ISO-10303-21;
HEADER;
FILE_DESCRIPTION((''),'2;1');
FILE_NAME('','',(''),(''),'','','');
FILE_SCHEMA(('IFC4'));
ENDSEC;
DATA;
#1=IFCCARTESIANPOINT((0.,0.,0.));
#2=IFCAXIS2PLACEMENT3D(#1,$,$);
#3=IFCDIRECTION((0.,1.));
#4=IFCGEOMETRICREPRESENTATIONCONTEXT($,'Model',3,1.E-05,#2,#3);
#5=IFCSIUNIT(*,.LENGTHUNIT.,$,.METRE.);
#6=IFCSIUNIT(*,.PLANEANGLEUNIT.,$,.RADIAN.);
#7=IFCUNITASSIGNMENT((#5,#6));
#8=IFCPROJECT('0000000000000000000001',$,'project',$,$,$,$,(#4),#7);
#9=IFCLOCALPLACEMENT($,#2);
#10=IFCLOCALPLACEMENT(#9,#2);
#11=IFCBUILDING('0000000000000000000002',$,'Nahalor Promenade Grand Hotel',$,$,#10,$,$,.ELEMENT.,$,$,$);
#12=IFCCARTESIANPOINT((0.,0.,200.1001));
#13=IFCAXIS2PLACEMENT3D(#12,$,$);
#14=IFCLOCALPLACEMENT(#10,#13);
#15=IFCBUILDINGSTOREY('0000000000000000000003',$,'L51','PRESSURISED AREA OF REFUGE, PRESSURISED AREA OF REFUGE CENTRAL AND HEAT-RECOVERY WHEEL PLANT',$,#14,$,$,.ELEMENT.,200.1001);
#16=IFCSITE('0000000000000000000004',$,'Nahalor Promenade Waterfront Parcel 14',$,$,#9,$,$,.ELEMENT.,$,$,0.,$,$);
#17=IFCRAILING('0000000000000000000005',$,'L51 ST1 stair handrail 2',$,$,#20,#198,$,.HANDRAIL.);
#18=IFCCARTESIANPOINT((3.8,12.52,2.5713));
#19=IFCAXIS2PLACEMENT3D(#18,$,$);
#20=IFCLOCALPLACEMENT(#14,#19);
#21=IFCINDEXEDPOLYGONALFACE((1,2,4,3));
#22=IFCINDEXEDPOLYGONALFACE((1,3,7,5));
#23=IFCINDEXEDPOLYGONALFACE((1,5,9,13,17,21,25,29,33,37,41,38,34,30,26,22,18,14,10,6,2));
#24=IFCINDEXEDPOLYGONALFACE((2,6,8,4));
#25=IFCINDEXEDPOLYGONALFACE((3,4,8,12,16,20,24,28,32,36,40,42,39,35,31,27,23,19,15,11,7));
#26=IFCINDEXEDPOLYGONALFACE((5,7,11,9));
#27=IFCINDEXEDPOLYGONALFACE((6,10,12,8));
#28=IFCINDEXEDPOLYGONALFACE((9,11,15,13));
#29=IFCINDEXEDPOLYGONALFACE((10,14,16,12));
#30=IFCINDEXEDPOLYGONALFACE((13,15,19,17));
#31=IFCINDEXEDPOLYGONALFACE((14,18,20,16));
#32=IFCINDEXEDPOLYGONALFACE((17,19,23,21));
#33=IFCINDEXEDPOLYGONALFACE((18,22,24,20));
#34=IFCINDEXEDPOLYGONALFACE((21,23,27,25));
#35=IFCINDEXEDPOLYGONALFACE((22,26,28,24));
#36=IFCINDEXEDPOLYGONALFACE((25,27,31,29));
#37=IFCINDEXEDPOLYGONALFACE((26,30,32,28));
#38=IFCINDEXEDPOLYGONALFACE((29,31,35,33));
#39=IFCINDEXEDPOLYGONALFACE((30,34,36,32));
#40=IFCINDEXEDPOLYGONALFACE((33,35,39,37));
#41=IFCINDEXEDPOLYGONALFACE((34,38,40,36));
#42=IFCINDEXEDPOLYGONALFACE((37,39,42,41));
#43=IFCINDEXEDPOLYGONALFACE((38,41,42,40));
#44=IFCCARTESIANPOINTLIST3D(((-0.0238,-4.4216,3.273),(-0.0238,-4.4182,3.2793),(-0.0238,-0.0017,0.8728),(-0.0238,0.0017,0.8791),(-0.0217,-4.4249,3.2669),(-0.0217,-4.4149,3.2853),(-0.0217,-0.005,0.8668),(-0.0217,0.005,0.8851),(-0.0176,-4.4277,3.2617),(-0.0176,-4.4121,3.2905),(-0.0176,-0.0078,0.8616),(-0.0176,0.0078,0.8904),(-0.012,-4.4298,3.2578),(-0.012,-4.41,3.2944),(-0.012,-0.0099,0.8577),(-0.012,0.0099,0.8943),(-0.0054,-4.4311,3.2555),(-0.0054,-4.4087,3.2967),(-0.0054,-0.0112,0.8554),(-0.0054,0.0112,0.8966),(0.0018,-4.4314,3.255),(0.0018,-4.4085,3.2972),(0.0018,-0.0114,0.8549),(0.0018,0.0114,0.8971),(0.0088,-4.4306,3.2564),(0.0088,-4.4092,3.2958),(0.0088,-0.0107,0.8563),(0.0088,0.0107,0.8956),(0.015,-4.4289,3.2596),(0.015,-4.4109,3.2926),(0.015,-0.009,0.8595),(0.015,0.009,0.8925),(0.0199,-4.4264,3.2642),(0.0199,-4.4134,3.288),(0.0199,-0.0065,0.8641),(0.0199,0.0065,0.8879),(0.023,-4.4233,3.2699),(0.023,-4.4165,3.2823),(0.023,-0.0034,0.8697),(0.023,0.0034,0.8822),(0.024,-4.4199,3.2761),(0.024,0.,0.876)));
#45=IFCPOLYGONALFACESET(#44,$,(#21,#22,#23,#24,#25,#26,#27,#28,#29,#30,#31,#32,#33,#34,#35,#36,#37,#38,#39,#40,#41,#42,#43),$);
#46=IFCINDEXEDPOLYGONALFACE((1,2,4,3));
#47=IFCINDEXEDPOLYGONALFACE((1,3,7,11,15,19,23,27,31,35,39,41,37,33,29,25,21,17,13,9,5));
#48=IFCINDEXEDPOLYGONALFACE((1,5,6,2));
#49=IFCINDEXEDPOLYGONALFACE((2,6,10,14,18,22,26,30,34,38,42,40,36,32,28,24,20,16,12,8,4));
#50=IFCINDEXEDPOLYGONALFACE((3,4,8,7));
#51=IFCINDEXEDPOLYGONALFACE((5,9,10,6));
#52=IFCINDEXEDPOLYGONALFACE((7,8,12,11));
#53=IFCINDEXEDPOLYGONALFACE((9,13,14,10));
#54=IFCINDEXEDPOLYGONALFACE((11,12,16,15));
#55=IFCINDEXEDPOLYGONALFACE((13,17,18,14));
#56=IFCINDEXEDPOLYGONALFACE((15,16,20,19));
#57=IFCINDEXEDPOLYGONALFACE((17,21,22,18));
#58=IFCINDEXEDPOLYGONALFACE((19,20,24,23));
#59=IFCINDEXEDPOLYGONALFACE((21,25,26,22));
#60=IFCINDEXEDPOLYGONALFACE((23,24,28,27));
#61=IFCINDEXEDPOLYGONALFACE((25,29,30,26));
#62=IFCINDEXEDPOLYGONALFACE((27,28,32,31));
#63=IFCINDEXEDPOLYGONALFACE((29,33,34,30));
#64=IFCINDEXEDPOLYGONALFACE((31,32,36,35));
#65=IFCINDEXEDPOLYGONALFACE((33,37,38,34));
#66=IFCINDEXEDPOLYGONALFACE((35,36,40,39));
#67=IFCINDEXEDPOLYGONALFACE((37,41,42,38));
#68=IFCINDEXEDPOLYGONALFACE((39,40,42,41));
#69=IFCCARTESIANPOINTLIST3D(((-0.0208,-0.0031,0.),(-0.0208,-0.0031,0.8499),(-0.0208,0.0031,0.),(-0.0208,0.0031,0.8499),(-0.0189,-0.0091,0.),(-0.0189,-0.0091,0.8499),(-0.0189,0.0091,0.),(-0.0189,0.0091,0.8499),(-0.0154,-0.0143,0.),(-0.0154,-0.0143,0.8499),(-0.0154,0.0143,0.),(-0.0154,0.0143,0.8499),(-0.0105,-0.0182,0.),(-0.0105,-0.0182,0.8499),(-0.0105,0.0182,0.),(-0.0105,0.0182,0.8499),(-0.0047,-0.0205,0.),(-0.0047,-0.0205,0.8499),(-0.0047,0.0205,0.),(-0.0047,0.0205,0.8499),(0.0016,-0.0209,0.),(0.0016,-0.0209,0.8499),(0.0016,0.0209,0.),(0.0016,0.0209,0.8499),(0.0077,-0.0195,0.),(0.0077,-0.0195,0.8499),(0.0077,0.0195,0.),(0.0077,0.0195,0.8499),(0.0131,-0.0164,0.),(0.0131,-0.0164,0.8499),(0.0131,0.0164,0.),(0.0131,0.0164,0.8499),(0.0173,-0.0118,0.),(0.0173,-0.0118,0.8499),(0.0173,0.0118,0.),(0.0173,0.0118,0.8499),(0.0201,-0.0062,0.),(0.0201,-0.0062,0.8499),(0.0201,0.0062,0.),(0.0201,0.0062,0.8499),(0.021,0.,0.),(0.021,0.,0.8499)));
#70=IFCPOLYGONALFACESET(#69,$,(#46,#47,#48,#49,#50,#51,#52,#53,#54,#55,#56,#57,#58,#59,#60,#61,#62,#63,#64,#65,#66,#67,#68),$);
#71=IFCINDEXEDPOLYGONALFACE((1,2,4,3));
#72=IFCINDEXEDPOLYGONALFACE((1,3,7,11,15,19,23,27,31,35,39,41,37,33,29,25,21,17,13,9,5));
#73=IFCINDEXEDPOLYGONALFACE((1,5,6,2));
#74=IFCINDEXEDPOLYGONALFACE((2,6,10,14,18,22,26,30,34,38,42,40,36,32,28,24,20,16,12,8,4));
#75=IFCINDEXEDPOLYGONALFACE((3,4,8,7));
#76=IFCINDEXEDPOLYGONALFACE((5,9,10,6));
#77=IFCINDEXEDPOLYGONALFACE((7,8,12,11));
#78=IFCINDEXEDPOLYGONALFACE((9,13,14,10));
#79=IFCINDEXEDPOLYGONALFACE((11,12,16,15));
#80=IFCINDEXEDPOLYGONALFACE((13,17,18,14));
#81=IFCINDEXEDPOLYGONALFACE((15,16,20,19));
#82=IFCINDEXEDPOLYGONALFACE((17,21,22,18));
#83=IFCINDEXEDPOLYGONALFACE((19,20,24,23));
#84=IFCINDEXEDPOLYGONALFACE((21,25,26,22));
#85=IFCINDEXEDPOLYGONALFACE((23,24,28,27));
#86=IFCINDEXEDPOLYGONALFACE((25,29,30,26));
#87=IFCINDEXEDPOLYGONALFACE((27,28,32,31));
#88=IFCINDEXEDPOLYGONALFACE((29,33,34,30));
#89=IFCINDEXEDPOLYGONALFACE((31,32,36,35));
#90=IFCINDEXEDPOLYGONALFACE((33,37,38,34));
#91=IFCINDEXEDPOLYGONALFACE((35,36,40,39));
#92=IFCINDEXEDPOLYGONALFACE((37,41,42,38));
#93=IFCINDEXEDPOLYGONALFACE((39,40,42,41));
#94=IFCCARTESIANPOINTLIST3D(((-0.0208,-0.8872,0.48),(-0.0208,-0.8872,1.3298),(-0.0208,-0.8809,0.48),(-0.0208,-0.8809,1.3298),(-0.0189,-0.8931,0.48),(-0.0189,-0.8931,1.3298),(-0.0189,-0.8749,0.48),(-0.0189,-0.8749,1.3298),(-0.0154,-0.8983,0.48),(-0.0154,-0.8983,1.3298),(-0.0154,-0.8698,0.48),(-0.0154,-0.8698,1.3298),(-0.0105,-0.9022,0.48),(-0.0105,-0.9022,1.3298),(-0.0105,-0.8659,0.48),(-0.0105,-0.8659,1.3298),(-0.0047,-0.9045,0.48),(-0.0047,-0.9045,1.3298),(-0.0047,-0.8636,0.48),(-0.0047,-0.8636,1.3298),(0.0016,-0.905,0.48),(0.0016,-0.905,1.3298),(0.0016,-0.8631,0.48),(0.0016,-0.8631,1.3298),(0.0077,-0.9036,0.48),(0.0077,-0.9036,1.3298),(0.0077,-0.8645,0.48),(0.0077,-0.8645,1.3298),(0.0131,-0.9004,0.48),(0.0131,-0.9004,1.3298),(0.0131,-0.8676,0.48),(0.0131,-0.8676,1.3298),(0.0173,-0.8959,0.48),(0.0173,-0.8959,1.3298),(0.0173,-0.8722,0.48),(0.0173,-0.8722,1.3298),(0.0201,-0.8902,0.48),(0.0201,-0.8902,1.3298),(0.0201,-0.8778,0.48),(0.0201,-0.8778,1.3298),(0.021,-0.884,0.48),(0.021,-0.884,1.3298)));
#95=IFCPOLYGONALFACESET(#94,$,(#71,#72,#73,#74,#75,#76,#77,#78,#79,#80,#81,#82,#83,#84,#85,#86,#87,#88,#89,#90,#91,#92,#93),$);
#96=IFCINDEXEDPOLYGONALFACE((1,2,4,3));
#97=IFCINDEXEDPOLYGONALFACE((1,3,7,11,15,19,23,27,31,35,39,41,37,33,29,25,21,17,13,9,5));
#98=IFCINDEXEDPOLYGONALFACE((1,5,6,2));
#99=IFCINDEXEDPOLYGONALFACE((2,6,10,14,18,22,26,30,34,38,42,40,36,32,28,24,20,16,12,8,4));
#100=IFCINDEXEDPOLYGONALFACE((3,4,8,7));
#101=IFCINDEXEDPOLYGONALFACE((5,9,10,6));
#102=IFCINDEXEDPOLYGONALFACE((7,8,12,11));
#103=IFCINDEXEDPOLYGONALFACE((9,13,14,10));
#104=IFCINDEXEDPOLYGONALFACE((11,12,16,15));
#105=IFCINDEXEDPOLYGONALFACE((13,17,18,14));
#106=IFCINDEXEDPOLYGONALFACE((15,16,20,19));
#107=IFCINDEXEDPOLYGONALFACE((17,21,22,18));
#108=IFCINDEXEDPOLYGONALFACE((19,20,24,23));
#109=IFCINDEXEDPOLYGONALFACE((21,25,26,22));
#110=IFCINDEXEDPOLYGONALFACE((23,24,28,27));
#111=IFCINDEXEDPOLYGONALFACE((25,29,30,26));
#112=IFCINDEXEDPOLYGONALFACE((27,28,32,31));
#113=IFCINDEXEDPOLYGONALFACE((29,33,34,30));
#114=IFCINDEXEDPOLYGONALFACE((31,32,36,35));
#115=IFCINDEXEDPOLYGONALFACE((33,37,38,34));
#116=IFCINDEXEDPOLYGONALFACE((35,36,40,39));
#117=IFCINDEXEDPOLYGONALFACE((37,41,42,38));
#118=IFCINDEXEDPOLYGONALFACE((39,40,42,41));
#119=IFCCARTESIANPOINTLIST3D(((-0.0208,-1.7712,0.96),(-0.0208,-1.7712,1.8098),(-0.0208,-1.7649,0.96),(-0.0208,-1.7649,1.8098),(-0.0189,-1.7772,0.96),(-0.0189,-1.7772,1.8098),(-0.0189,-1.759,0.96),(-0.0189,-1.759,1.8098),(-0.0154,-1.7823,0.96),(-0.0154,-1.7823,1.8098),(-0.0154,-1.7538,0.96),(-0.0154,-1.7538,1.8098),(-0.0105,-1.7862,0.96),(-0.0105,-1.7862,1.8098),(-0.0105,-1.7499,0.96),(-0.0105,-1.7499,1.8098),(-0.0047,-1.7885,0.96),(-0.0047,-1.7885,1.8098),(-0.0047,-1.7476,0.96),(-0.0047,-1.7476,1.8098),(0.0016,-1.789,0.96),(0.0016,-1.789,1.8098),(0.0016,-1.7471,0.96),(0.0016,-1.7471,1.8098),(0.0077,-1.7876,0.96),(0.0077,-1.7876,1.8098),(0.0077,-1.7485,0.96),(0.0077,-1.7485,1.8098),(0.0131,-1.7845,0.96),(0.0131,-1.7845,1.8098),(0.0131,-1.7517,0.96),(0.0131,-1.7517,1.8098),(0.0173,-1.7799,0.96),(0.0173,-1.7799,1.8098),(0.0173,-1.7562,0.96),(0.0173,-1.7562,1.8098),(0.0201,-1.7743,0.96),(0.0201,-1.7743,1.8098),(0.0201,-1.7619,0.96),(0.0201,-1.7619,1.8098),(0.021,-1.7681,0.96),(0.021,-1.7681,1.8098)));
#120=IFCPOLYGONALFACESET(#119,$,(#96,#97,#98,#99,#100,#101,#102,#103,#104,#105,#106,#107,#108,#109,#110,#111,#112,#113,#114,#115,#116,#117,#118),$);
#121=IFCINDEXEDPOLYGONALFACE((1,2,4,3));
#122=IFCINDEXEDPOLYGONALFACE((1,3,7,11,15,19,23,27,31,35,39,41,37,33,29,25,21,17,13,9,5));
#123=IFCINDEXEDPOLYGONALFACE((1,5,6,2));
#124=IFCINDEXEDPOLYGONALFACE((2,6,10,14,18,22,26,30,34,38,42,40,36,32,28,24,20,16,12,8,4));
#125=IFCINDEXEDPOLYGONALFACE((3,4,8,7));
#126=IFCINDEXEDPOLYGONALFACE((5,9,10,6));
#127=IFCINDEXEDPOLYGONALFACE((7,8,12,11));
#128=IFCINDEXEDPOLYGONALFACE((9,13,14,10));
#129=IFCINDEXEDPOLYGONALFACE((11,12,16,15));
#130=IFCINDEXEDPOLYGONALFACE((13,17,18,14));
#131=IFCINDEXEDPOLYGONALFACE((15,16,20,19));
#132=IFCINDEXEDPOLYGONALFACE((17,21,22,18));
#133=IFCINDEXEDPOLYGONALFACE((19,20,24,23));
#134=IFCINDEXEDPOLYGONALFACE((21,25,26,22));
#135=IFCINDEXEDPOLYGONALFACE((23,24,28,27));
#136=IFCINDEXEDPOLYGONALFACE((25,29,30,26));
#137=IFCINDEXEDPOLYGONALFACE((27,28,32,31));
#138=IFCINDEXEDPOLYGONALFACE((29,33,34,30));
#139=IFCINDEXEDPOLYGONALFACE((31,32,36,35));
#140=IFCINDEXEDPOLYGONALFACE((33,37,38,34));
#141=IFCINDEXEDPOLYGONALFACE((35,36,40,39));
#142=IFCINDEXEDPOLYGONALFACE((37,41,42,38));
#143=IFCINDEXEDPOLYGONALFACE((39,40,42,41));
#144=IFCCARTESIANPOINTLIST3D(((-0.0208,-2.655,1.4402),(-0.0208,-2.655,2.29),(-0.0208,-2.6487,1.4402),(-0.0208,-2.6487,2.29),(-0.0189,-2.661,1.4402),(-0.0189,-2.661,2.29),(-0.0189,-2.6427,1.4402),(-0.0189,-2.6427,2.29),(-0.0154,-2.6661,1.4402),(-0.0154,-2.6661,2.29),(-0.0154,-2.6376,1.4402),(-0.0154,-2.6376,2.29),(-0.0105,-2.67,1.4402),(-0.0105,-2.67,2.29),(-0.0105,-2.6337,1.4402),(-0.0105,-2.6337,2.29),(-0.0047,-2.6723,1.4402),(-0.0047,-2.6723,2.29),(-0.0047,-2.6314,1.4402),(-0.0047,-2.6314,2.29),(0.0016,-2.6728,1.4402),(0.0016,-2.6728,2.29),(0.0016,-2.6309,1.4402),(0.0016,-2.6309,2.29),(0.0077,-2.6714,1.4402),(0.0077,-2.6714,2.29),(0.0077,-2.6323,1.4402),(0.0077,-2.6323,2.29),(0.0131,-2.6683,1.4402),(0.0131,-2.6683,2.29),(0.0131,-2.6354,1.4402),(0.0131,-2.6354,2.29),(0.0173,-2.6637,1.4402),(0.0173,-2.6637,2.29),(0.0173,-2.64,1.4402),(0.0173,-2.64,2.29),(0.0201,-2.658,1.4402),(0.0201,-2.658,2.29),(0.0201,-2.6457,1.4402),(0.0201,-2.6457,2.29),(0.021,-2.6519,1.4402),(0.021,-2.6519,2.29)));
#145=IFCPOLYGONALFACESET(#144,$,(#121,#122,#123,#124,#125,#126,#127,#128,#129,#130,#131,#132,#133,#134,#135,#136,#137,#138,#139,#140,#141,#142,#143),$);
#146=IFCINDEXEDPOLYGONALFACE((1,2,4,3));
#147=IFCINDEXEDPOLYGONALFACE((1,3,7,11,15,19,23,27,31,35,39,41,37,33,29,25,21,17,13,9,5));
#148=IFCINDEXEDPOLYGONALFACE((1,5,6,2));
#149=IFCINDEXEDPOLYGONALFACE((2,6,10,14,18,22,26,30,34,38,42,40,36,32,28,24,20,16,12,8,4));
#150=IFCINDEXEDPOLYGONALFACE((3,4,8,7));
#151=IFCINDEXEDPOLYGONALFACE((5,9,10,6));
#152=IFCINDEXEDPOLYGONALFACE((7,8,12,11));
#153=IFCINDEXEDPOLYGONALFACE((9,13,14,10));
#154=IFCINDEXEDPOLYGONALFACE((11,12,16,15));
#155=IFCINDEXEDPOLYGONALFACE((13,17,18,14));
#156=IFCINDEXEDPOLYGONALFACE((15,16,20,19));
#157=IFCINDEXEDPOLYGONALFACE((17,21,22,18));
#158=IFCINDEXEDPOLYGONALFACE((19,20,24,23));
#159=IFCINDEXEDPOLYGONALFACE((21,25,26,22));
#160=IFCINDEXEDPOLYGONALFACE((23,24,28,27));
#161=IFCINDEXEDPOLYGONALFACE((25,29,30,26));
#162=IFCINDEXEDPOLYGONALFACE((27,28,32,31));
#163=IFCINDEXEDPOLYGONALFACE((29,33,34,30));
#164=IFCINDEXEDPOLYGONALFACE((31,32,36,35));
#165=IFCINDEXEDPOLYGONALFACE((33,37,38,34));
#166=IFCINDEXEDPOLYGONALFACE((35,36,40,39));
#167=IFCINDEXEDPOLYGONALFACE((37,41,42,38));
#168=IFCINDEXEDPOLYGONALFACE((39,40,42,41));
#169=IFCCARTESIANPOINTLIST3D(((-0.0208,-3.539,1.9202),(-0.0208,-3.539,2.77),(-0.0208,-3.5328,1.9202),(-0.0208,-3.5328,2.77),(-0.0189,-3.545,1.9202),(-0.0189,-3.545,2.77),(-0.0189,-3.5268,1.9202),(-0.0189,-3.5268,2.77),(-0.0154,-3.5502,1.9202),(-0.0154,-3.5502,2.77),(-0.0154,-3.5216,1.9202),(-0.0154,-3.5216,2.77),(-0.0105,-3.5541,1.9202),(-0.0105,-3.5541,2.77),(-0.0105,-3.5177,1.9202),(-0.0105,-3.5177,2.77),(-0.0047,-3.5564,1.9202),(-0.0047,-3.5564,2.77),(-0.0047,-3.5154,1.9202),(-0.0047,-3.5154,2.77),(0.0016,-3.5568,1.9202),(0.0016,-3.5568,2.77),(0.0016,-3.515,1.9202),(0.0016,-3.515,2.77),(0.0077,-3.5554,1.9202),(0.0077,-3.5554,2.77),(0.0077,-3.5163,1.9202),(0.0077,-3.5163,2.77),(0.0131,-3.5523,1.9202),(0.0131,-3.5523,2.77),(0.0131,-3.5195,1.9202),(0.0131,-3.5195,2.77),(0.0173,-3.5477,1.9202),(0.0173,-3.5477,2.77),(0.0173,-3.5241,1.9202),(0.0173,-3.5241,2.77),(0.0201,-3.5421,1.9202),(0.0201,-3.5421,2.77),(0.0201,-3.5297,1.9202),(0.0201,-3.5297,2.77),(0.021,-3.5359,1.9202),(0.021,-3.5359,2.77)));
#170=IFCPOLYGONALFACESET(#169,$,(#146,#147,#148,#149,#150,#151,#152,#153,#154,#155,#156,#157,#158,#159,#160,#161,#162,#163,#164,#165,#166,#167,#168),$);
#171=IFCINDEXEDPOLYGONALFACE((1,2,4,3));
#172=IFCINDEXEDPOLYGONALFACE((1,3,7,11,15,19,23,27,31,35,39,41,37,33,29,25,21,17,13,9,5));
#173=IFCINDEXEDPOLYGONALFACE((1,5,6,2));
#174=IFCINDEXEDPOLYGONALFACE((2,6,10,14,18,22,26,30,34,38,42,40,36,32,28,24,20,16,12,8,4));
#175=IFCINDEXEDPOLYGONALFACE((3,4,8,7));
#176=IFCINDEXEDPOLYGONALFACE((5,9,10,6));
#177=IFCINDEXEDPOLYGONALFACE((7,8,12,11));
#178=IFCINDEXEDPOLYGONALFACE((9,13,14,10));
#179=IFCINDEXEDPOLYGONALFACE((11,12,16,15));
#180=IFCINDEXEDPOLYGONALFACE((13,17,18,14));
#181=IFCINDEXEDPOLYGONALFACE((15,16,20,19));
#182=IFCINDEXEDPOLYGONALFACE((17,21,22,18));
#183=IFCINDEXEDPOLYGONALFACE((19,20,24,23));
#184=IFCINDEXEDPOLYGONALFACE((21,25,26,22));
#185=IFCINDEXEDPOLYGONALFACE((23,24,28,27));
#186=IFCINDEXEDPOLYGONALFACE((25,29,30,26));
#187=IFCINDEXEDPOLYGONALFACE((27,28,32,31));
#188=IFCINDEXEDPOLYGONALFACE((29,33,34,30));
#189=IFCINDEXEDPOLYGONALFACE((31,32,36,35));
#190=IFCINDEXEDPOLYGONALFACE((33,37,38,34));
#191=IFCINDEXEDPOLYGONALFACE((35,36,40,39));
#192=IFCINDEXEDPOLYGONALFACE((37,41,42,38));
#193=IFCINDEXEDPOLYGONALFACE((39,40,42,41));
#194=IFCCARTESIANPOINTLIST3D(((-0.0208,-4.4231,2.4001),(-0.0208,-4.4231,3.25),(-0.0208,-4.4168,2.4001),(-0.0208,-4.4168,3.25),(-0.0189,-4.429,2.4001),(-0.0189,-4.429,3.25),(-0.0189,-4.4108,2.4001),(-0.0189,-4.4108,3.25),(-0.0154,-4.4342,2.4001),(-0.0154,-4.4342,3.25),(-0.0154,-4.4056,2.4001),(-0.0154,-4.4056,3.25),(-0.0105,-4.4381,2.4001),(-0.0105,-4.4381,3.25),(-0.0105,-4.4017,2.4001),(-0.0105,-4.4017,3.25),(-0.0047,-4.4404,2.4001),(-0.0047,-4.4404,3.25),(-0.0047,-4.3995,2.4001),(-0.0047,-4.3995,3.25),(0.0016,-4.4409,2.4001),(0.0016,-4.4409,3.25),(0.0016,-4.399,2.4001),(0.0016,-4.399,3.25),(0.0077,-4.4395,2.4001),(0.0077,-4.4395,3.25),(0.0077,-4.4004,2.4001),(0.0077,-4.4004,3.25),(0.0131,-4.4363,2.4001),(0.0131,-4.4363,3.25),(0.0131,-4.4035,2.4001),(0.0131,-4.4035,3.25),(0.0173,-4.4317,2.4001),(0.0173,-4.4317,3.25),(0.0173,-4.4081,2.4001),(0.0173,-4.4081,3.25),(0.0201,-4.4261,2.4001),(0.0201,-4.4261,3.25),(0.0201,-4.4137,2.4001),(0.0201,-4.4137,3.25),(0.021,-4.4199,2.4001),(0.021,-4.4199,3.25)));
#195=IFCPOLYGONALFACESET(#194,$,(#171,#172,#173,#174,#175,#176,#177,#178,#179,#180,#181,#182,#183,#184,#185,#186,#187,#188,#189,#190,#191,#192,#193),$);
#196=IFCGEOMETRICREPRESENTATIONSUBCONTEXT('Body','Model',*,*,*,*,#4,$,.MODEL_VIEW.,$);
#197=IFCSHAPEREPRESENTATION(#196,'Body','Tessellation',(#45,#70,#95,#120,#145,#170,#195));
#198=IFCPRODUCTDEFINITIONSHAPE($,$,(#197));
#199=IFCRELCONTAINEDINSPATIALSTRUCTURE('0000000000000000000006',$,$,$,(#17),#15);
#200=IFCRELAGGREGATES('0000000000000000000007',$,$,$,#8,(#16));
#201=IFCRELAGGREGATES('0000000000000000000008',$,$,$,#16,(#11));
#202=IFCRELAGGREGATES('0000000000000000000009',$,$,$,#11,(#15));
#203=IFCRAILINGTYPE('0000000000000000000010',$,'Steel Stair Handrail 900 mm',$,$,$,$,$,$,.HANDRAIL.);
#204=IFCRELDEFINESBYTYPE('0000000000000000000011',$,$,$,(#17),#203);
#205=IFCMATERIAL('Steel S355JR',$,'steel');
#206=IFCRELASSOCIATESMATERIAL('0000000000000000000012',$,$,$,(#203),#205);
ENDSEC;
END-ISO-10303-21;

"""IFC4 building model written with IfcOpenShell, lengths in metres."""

from ifc_helpers import new_model, si_unit, direction, frame, origin, origin_2d, place, context, subcontext, project, spatial, circle, extrude, material, type_object, element, save


model = new_model("IFC4")

# Units and contexts
model_context = context("Model", 3, precision=1e-05, world=origin(), true_north=direction((0.0, 1.0)))
body_context = subcontext(model_context, "Body", "Model", "MODEL_VIEW")
ifc_project = project(units=[si_unit("LENGTHUNIT", "METRE"), si_unit("PLANEANGLEUNIT", "RADIAN")], contexts=[model_context])

# Site, building, storey
site_placement = place(None, origin())
site = spatial("IfcSite", under=ifc_project, at=site_placement, Name="Nahalor Promenade Waterfront Parcel 14", CompositionType="ELEMENT", RefElevation=0.0)
building_placement = place(site_placement, origin())
building = spatial("IfcBuilding", under=site, at=building_placement, Name="Nahalor Promenade Grand Hotel", CompositionType="ELEMENT")
storey_placement = place(building_placement, frame((0.0, 0.0, 200.1001)))
storey = spatial("IfcBuildingStorey", under=building, at=storey_placement, Name="L51", Description="PRESSURISED AREA OF REFUGE, PRESSURISED AREA OF REFUGE CENTRAL AND HEAT-RECOVERY WHEEL PLANT", CompositionType="ELEMENT", Elevation=200.1001)

# Shared definitions
ifc_material_1 = material(Name="Steel S355JR", Category="steel")

# Railing
railing_type_1 = type_object("IfcRailingType", Name="Steel Stair Handrail 900 mm", PredefinedType="HANDRAIL", material=ifc_material_1)
railing_1_placement = place(storey_placement, frame((3.8, 12.52, 2.5713)))
element("IfcRailing", 1, at=railing_1_placement, inside=storey, type_object=railing_type_1, Name="L51 ST1 stair handrail 2", PredefinedType="HANDRAIL", context=body_context, shape_type="SweptSolid", body=[
    extrude(circle(Radius=0.024, at=origin_2d()), frame((0.0, 0.0, 0.876), z_axis=(0.0, -0.87879, 0.477209), x_axis=(1.0, 0.0, 0.0)), (0.0, 0.0, 1.0), 5.0295),
    extrude(circle(Radius=0.021, at=origin_2d()), origin(), (0.0, 0.0, 1.0), 0.8499),
    extrude(circle(Radius=0.021, at=origin_2d()), frame((0.0, -0.884, 0.48)), (0.0, 0.0, 1.0), 0.8499),
    extrude(circle(Radius=0.021, at=origin_2d()), frame((0.0, -1.7681, 0.96)), (0.0, 0.0, 1.0), 0.8499),
    extrude(circle(Radius=0.021, at=origin_2d()), frame((0.0, -2.6519, 1.4402)), (0.0, 0.0, 1.0), 0.8499),
    extrude(circle(Radius=0.021, at=origin_2d()), frame((0.0, -3.5359, 1.9202)), (0.0, 0.0, 1.0), 0.8499),
    extrude(circle(Radius=0.021, at=origin_2d()), frame((0.0, -4.4199, 2.4001)), (0.0, 0.0, 1.0), 0.8499),
])

save(model, "model.ifc")
